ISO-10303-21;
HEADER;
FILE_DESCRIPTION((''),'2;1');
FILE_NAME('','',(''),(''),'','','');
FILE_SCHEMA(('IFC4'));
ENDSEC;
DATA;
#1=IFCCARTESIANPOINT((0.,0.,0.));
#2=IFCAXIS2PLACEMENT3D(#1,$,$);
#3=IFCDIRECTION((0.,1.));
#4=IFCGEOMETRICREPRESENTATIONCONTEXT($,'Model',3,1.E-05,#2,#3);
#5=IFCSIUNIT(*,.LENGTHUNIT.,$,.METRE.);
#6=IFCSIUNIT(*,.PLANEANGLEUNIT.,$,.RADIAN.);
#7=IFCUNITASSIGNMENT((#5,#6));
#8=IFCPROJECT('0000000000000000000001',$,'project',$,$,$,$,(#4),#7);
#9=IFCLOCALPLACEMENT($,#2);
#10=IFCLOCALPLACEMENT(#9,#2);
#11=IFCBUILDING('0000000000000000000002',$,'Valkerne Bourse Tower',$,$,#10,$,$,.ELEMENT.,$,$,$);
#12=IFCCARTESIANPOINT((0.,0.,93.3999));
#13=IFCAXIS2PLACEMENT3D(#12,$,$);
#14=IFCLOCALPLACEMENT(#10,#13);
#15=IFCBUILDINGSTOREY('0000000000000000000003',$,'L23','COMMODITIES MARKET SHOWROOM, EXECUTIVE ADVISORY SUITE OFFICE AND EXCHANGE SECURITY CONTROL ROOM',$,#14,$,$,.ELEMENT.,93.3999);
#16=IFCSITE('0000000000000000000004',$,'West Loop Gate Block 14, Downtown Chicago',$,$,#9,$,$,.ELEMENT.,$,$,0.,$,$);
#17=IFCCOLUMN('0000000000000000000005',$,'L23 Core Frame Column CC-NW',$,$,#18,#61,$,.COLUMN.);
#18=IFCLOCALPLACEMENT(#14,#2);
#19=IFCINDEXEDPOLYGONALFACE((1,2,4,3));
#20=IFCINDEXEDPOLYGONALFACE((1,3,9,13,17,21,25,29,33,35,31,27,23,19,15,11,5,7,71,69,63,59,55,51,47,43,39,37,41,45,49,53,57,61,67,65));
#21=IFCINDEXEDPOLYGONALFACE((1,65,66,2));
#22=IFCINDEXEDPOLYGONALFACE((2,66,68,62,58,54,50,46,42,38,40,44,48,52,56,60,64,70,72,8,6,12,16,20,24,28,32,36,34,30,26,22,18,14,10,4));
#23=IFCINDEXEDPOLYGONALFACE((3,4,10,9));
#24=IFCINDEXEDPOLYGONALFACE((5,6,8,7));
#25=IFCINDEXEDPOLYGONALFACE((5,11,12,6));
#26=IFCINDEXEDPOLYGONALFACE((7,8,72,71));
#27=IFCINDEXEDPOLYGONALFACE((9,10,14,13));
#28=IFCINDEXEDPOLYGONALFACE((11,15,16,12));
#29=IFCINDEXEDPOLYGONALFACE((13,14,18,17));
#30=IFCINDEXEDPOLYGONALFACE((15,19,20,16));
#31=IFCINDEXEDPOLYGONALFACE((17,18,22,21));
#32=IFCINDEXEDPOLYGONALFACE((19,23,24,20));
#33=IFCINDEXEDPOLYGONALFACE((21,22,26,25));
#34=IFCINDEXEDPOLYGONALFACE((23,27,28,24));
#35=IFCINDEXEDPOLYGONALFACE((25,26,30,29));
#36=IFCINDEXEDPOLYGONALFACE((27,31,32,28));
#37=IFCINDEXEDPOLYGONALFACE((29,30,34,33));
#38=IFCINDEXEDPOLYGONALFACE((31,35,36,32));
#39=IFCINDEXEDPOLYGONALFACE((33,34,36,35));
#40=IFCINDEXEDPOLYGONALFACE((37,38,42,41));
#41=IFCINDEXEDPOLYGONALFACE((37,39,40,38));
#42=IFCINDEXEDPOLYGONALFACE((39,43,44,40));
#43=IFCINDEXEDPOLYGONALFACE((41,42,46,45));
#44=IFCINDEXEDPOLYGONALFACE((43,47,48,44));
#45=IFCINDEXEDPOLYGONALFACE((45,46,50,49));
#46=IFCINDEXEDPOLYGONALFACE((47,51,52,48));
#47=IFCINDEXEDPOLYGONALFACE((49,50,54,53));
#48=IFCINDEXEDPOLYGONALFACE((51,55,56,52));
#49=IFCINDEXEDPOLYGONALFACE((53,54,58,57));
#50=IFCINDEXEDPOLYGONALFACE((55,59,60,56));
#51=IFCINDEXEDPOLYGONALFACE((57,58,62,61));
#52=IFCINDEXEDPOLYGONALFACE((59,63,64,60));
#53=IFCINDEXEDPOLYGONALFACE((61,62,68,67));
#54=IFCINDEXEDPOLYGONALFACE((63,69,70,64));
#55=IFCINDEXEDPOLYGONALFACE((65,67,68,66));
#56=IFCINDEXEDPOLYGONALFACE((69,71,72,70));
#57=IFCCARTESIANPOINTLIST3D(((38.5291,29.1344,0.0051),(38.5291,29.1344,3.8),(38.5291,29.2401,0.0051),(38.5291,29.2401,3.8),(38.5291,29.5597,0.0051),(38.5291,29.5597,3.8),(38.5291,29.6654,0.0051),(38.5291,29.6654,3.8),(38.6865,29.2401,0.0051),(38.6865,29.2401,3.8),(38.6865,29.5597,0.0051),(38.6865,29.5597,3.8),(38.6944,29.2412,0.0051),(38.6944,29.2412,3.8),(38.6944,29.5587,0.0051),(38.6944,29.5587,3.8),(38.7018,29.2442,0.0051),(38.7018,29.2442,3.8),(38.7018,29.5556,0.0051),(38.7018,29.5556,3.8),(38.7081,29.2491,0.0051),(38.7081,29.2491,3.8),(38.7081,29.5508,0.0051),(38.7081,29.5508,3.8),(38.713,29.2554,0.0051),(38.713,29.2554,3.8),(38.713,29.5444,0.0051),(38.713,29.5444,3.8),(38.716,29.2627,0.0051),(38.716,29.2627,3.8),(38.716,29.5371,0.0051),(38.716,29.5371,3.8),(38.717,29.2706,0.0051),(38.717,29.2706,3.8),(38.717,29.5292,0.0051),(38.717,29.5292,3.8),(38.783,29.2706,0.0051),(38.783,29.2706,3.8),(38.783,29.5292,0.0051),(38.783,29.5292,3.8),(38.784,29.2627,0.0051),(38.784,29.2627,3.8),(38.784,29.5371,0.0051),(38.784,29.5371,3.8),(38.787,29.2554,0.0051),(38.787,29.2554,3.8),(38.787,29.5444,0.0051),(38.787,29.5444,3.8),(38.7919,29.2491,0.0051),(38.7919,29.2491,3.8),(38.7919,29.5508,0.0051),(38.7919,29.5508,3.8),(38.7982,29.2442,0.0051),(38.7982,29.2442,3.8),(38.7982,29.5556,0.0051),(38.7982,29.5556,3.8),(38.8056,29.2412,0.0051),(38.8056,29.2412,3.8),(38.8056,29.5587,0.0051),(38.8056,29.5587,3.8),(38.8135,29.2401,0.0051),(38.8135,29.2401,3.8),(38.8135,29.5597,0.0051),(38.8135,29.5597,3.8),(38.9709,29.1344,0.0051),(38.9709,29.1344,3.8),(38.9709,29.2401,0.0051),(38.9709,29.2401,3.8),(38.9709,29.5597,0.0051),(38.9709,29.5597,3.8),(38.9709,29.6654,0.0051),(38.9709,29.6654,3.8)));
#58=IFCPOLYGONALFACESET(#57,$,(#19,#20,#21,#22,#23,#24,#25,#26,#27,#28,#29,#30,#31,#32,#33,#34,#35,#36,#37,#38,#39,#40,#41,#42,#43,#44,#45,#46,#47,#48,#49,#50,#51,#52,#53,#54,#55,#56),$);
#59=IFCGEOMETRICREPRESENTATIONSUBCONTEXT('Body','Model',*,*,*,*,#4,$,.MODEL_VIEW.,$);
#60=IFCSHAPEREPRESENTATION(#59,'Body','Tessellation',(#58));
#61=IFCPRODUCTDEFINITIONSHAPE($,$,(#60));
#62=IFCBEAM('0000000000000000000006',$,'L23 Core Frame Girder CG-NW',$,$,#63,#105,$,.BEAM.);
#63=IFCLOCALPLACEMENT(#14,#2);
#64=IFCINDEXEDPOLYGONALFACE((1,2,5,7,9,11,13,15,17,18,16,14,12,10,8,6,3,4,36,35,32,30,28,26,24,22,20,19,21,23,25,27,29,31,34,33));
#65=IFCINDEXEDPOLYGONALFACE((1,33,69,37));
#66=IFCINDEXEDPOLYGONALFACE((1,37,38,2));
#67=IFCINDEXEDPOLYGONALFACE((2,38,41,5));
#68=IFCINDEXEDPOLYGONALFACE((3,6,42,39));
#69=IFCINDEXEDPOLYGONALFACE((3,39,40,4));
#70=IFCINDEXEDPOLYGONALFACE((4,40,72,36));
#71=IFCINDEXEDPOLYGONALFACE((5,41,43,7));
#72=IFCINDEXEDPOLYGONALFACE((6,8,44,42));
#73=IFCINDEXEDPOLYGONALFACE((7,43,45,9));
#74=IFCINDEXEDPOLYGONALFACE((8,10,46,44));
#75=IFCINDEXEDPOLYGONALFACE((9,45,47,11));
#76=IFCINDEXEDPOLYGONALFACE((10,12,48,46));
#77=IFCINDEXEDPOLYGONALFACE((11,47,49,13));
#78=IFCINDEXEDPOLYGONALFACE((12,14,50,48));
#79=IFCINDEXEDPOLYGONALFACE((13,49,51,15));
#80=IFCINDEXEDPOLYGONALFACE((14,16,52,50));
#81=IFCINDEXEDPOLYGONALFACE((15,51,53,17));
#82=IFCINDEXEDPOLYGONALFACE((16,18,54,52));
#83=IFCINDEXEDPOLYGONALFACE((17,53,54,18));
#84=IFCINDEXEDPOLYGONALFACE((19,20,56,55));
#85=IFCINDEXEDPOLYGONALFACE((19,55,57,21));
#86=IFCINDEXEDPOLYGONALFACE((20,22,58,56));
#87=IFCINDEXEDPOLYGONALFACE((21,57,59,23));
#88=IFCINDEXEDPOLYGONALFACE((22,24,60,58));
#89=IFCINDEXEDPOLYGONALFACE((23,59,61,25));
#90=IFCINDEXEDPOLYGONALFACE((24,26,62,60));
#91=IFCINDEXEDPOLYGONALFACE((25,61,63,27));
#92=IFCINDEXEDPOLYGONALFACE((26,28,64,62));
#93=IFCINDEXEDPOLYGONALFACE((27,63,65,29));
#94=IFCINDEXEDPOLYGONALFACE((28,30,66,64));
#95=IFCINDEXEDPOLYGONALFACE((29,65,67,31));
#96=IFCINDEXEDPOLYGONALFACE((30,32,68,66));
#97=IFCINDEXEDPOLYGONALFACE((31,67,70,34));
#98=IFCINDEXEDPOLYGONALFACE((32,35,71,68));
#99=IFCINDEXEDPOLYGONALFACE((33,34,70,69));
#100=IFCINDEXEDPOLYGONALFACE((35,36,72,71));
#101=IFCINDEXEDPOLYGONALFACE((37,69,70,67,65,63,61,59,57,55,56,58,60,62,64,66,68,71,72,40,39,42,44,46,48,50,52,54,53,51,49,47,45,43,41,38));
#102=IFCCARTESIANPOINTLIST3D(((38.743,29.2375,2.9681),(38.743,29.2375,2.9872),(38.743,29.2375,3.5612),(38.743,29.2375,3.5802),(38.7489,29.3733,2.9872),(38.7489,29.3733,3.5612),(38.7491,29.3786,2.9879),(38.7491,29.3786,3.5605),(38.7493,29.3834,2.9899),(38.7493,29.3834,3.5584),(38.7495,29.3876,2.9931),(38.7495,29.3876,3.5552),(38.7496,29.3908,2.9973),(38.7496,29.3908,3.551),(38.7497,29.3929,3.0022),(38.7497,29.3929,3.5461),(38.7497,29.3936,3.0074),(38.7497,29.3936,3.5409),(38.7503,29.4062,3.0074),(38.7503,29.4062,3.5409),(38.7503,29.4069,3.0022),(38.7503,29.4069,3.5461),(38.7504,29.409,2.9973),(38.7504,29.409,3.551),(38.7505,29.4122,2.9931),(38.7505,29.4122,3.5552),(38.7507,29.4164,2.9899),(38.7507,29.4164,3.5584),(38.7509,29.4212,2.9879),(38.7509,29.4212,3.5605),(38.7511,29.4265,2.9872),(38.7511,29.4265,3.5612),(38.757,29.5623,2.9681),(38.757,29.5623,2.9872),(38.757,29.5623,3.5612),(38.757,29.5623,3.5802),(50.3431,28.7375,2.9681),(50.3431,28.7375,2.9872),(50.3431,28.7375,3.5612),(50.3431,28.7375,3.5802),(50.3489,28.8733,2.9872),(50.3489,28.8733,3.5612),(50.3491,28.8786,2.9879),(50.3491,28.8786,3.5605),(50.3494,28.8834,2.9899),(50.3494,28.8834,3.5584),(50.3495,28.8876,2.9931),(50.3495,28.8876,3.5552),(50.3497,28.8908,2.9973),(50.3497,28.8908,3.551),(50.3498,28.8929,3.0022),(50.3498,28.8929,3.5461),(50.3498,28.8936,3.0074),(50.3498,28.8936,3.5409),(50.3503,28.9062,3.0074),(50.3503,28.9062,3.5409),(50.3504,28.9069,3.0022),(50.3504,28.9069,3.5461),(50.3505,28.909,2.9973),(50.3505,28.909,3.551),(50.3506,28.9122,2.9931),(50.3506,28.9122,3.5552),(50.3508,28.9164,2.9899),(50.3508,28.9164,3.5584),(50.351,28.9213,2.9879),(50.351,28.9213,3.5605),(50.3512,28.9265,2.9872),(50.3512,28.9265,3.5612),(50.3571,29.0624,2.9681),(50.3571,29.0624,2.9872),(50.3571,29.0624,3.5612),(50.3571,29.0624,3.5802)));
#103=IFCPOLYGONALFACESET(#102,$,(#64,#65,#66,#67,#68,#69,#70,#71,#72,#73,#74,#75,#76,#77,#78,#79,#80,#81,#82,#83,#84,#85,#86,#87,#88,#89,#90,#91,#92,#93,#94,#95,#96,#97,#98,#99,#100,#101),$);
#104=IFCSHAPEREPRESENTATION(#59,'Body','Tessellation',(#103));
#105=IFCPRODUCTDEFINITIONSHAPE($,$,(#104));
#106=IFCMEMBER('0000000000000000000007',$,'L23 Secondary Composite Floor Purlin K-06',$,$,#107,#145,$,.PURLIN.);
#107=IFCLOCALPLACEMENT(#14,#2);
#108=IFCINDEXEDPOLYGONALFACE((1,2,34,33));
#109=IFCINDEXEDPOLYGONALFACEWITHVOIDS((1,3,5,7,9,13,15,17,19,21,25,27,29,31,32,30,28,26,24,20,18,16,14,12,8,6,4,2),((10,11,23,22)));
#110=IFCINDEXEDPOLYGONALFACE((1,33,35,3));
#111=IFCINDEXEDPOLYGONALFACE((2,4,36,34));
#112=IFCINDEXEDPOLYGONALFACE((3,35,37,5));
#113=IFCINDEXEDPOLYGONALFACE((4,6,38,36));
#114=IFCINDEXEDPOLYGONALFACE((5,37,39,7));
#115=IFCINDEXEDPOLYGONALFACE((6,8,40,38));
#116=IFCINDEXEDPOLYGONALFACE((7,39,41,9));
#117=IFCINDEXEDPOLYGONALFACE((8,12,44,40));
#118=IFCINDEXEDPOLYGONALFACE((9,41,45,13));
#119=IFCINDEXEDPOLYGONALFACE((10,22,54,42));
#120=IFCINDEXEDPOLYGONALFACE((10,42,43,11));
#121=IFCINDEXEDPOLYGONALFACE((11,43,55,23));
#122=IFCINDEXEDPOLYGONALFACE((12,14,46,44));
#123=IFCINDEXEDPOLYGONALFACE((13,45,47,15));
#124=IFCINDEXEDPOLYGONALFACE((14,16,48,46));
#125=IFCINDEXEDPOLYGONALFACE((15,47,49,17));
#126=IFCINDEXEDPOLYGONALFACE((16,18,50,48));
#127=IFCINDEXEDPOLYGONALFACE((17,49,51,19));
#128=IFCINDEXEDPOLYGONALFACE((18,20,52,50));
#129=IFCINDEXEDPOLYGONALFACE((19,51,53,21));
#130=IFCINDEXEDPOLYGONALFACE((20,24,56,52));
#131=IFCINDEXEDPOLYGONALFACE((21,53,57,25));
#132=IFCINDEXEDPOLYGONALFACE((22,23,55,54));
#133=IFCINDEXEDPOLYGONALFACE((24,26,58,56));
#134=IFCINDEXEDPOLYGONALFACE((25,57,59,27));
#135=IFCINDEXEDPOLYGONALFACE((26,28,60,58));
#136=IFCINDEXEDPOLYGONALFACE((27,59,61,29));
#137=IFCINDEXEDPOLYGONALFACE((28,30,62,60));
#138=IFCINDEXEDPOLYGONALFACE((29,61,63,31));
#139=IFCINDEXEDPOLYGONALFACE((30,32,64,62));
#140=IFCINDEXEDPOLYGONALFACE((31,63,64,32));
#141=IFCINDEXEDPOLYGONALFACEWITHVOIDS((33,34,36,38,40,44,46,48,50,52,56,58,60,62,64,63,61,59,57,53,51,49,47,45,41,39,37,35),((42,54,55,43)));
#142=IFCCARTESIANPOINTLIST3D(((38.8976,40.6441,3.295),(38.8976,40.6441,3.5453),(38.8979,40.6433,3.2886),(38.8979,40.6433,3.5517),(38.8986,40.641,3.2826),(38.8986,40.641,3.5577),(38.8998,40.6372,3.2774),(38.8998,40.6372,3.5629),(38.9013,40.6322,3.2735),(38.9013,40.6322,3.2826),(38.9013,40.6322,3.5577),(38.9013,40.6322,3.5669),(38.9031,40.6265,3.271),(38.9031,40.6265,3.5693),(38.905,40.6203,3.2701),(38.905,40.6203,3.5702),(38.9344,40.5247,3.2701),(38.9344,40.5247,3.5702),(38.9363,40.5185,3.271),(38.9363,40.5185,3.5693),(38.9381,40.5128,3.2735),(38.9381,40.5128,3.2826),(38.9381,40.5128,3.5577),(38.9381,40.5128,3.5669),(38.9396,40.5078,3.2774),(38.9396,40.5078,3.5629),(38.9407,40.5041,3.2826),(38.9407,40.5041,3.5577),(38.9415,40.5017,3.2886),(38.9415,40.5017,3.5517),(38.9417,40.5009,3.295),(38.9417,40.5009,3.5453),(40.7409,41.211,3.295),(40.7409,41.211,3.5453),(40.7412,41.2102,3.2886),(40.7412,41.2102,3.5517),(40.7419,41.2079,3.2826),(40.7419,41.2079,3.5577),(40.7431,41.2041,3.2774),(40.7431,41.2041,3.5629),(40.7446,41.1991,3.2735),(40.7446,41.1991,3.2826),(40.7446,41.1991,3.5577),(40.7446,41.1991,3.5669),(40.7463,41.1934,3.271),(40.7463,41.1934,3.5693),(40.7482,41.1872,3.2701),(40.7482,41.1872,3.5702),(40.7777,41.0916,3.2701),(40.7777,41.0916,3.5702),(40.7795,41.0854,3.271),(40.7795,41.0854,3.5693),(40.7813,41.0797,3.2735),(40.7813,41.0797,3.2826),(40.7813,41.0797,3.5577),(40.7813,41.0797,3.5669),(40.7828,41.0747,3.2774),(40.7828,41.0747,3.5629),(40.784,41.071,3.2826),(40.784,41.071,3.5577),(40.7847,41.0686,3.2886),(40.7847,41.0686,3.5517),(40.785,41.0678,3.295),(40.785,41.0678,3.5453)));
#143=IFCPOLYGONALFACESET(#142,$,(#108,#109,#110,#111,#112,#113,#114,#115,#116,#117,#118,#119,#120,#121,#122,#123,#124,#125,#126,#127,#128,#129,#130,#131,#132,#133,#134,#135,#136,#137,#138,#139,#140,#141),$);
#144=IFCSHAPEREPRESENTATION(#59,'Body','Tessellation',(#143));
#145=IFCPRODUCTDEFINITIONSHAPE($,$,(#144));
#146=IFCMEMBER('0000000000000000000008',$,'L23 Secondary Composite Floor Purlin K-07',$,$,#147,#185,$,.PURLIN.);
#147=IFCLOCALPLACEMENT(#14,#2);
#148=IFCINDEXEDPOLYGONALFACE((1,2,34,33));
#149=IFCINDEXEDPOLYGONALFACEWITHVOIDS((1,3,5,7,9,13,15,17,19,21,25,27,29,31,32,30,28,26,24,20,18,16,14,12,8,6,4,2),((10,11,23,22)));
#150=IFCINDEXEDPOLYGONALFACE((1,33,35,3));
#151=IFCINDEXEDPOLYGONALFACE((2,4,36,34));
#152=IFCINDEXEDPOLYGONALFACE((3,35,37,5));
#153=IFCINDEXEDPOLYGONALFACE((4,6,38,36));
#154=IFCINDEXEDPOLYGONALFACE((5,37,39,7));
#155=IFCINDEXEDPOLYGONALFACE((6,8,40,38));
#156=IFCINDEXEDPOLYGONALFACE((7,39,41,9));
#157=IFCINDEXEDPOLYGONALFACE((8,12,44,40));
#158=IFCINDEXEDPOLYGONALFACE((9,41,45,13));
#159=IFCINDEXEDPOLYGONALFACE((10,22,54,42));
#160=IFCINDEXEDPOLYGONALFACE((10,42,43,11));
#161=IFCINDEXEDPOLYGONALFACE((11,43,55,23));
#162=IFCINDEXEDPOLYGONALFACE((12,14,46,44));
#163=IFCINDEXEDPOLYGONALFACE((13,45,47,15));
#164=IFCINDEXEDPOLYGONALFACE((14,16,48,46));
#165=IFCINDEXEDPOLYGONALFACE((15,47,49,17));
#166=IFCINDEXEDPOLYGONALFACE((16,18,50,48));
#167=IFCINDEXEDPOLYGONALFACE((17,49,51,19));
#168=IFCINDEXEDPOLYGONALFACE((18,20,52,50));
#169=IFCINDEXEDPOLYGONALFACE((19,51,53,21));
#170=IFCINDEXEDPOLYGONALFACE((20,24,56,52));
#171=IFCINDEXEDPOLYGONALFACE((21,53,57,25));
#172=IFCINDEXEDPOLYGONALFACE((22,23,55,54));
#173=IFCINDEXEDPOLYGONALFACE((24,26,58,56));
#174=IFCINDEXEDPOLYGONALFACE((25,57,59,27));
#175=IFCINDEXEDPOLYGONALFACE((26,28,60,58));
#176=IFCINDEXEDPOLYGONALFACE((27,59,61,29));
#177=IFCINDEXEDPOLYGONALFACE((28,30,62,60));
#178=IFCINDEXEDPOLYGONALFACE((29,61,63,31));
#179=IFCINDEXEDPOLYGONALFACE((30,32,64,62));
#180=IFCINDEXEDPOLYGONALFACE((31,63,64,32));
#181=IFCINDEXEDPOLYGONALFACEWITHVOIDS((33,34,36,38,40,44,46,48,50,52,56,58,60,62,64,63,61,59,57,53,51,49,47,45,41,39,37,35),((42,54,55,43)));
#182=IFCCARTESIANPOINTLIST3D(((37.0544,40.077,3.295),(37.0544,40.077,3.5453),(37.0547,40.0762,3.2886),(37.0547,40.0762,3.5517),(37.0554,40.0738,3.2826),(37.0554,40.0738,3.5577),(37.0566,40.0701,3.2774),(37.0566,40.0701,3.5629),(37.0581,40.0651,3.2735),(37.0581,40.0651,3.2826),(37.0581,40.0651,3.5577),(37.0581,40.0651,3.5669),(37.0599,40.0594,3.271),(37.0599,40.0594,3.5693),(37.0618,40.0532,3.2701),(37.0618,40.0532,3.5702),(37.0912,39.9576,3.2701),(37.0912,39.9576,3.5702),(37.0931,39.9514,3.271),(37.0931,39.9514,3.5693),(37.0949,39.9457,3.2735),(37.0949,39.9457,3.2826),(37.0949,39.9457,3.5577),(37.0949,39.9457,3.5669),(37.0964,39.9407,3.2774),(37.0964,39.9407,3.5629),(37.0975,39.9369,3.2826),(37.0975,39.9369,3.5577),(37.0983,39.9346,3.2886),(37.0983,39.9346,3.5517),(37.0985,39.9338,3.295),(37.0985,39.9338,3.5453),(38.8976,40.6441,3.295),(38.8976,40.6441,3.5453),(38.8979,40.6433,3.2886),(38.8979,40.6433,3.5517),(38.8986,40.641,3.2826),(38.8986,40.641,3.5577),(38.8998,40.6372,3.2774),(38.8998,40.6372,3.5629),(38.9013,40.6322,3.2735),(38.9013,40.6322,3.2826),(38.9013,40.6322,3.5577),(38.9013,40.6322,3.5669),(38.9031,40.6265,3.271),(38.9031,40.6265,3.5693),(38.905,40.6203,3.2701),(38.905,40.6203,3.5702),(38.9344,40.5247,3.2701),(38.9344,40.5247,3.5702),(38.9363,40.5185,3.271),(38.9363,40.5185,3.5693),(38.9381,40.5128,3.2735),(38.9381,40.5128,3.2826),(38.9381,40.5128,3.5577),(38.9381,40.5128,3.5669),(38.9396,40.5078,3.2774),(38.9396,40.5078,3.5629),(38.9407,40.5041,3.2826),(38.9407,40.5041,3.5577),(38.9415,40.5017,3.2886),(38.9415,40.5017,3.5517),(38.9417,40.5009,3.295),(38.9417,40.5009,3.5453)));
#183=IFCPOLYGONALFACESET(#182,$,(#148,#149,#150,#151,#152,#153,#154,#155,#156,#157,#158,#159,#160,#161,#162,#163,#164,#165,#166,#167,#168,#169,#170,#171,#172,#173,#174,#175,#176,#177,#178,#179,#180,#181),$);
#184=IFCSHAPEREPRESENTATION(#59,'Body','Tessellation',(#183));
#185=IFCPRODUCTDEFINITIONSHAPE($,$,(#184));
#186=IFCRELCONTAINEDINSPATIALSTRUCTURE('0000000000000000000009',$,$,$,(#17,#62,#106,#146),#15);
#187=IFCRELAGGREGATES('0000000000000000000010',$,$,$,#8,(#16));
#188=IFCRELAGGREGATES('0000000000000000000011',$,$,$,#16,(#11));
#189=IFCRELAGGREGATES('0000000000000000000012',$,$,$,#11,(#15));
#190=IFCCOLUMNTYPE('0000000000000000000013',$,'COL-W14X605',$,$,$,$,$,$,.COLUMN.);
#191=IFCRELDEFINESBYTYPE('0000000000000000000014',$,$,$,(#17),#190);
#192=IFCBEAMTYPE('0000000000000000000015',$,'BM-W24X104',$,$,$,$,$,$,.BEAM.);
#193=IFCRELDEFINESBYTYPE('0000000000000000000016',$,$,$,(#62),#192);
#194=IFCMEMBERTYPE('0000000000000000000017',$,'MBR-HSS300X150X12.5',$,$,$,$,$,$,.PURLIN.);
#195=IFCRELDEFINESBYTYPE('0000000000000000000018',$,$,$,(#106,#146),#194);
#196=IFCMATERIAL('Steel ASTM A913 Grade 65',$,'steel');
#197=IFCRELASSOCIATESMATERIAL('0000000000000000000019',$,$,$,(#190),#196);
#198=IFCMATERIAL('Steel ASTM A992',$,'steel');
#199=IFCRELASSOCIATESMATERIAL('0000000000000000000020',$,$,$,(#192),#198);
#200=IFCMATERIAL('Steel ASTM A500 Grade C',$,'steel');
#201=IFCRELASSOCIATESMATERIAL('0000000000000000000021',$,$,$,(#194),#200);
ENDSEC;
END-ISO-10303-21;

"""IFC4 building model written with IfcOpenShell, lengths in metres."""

from ifc_helpers import new_model, si_unit, direction, frame, origin, origin_2d, place, context, subcontext, project, spatial, hollow_rectangle, i_section, extrude, material, material_profile, profile_set, type_object, element, save


model = new_model("IFC4")

# Units and contexts
model_context = context("Model", 3, precision=1e-05, world=origin(), true_north=direction((0.0, 1.0)))
body_context = subcontext(model_context, "Body", "Model", "MODEL_VIEW")
ifc_project = project(units=[si_unit("LENGTHUNIT", "METRE"), si_unit("PLANEANGLEUNIT", "RADIAN")], contexts=[model_context])

# Site, building, storey
site_placement = place(None, origin())
site = spatial("IfcSite", under=ifc_project, at=site_placement, Name="West Loop Gate Block 14, Downtown Chicago", CompositionType="ELEMENT", RefElevation=0.0)
building_placement = place(site_placement, origin())
building = spatial("IfcBuilding", under=site, at=building_placement, Name="Valkerne Bourse Tower", CompositionType="ELEMENT")
storey_placement = place(building_placement, frame((0.0, 0.0, 93.3999)))
storey = spatial("IfcBuildingStorey", under=building, at=storey_placement, Name="L23", Description="COMMODITIES MARKET SHOWROOM, EXECUTIVE ADVISORY SUITE OFFICE AND EXCHANGE SECURITY CONTROL ROOM", CompositionType="ELEMENT", Elevation=93.3999)

# Column
ifc_material_1 = material(Name="Steel ASTM A913 Grade 65", Category="steel")
ifc_material_profile_1 = material_profile(ifc_material_1, i_section(OverallWidth=0.4419, OverallDepth=0.531, WebThickness=0.0659, FlangeThickness=0.1057, FilletRadius=0.0305, at=origin_2d()), Name="W14X605")
ifc_profile_set_1 = profile_set([ifc_material_profile_1], Name="Steel ASTM A913 Grade 65")
column_type = type_object("IfcColumnType", Name="COL-W14X605", PredefinedType="COLUMN", material=ifc_profile_set_1)
column_placement = place(storey_placement, frame((38.75, 29.3999, 0.0051), z_axis=(0.0, 0.0, 1.0), x_axis=(1.0, 0.0, 0.0)))
element("IfcColumn", 1, at=column_placement, inside=storey, type_object=column_type, Name="L23 Core Frame Column CC-NW", PredefinedType="COLUMN", context=body_context, shape_type="SweptSolid", body=[
    extrude(i_section(OverallWidth=0.4419, OverallDepth=0.531, WebThickness=0.0659, FlangeThickness=0.1057, FilletRadius=0.0305, at=origin_2d()), origin(), (0.0, 0.0, 1.0), 3.7949),
])

# Beam
ifc_material_2 = material(Name="Steel ASTM A992", Category="steel")
ifc_material_profile_2 = material_profile(ifc_material_2, i_section(OverallWidth=0.3252, OverallDepth=0.6121, WebThickness=0.0127, FlangeThickness=0.019, FilletRadius=0.0203, at=origin_2d()), Name="W24X104")
ifc_profile_set_2 = profile_set([ifc_material_profile_2], Name="Steel ASTM A992")
beam_type = type_object("IfcBeamType", Name="BM-W24X104", PredefinedType="BEAM", material=ifc_profile_set_2)
beam_placement = place(storey_placement, frame((38.75, 29.3999, 3.2742), z_axis=(0.999072, -0.043063, 0.0), x_axis=(0.043063, 0.999072, 0.0)))
element("IfcBeam", 2, at=beam_placement, inside=storey, type_object=beam_type, Name="L23 Core Frame Girder CG-NW", PredefinedType="BEAM", context=body_context, shape_type="SweptSolid", body=[
    extrude(i_section(OverallWidth=0.3252, OverallDepth=0.6121, WebThickness=0.0127, FlangeThickness=0.019, FilletRadius=0.0203, at=origin_2d()), origin(), (0.0, 0.0, 1.0), 11.6108),
])

# Members
ifc_material_3 = material(Name="Steel ASTM A500 Grade C", Category="steel")
ifc_material_profile_3 = material_profile(ifc_material_3, hollow_rectangle(XDim=0.1499, YDim=0.3, WallThickness=0.0125, OuterFilletRadius=0.0249, at=origin_2d()), Name="HSS300X150X12.5")
ifc_profile_set_3 = profile_set([ifc_material_profile_3], Name="Steel ASTM A500 Grade C")
member_type = type_object("IfcMemberType", Name="MBR-HSS300X150X12.5", PredefinedType="PURLIN", material=ifc_profile_set_3)
for number, where, z_axis, x_axis, name in (
    (3, (40.7629, 41.1394, 3.4202), (-0.955817, -0.293961, 0.0), (0.293961, -0.955817, 0.0), "L23 Secondary Composite Floor Purlin K-06"),
    (4, (38.9197, 40.5725, 3.4202), (-0.955782, -0.294077, 0.0), (0.294077, -0.955782, 0.0), "L23 Secondary Composite Floor Purlin K-07"),
):
    element("IfcMember", number, at=place(storey_placement, frame(where, z_axis=z_axis, x_axis=x_axis)), inside=storey, type_object=member_type, Name=name, PredefinedType="PURLIN", context=body_context, shape_type="SweptSolid", body=[
        extrude(hollow_rectangle(XDim=0.1499, YDim=0.3, WallThickness=0.0125, OuterFilletRadius=0.0249, at=origin_2d()), origin(), (0.0, 0.0, 1.0), 1.9285),
    ])

save(model, "model.ifc")
